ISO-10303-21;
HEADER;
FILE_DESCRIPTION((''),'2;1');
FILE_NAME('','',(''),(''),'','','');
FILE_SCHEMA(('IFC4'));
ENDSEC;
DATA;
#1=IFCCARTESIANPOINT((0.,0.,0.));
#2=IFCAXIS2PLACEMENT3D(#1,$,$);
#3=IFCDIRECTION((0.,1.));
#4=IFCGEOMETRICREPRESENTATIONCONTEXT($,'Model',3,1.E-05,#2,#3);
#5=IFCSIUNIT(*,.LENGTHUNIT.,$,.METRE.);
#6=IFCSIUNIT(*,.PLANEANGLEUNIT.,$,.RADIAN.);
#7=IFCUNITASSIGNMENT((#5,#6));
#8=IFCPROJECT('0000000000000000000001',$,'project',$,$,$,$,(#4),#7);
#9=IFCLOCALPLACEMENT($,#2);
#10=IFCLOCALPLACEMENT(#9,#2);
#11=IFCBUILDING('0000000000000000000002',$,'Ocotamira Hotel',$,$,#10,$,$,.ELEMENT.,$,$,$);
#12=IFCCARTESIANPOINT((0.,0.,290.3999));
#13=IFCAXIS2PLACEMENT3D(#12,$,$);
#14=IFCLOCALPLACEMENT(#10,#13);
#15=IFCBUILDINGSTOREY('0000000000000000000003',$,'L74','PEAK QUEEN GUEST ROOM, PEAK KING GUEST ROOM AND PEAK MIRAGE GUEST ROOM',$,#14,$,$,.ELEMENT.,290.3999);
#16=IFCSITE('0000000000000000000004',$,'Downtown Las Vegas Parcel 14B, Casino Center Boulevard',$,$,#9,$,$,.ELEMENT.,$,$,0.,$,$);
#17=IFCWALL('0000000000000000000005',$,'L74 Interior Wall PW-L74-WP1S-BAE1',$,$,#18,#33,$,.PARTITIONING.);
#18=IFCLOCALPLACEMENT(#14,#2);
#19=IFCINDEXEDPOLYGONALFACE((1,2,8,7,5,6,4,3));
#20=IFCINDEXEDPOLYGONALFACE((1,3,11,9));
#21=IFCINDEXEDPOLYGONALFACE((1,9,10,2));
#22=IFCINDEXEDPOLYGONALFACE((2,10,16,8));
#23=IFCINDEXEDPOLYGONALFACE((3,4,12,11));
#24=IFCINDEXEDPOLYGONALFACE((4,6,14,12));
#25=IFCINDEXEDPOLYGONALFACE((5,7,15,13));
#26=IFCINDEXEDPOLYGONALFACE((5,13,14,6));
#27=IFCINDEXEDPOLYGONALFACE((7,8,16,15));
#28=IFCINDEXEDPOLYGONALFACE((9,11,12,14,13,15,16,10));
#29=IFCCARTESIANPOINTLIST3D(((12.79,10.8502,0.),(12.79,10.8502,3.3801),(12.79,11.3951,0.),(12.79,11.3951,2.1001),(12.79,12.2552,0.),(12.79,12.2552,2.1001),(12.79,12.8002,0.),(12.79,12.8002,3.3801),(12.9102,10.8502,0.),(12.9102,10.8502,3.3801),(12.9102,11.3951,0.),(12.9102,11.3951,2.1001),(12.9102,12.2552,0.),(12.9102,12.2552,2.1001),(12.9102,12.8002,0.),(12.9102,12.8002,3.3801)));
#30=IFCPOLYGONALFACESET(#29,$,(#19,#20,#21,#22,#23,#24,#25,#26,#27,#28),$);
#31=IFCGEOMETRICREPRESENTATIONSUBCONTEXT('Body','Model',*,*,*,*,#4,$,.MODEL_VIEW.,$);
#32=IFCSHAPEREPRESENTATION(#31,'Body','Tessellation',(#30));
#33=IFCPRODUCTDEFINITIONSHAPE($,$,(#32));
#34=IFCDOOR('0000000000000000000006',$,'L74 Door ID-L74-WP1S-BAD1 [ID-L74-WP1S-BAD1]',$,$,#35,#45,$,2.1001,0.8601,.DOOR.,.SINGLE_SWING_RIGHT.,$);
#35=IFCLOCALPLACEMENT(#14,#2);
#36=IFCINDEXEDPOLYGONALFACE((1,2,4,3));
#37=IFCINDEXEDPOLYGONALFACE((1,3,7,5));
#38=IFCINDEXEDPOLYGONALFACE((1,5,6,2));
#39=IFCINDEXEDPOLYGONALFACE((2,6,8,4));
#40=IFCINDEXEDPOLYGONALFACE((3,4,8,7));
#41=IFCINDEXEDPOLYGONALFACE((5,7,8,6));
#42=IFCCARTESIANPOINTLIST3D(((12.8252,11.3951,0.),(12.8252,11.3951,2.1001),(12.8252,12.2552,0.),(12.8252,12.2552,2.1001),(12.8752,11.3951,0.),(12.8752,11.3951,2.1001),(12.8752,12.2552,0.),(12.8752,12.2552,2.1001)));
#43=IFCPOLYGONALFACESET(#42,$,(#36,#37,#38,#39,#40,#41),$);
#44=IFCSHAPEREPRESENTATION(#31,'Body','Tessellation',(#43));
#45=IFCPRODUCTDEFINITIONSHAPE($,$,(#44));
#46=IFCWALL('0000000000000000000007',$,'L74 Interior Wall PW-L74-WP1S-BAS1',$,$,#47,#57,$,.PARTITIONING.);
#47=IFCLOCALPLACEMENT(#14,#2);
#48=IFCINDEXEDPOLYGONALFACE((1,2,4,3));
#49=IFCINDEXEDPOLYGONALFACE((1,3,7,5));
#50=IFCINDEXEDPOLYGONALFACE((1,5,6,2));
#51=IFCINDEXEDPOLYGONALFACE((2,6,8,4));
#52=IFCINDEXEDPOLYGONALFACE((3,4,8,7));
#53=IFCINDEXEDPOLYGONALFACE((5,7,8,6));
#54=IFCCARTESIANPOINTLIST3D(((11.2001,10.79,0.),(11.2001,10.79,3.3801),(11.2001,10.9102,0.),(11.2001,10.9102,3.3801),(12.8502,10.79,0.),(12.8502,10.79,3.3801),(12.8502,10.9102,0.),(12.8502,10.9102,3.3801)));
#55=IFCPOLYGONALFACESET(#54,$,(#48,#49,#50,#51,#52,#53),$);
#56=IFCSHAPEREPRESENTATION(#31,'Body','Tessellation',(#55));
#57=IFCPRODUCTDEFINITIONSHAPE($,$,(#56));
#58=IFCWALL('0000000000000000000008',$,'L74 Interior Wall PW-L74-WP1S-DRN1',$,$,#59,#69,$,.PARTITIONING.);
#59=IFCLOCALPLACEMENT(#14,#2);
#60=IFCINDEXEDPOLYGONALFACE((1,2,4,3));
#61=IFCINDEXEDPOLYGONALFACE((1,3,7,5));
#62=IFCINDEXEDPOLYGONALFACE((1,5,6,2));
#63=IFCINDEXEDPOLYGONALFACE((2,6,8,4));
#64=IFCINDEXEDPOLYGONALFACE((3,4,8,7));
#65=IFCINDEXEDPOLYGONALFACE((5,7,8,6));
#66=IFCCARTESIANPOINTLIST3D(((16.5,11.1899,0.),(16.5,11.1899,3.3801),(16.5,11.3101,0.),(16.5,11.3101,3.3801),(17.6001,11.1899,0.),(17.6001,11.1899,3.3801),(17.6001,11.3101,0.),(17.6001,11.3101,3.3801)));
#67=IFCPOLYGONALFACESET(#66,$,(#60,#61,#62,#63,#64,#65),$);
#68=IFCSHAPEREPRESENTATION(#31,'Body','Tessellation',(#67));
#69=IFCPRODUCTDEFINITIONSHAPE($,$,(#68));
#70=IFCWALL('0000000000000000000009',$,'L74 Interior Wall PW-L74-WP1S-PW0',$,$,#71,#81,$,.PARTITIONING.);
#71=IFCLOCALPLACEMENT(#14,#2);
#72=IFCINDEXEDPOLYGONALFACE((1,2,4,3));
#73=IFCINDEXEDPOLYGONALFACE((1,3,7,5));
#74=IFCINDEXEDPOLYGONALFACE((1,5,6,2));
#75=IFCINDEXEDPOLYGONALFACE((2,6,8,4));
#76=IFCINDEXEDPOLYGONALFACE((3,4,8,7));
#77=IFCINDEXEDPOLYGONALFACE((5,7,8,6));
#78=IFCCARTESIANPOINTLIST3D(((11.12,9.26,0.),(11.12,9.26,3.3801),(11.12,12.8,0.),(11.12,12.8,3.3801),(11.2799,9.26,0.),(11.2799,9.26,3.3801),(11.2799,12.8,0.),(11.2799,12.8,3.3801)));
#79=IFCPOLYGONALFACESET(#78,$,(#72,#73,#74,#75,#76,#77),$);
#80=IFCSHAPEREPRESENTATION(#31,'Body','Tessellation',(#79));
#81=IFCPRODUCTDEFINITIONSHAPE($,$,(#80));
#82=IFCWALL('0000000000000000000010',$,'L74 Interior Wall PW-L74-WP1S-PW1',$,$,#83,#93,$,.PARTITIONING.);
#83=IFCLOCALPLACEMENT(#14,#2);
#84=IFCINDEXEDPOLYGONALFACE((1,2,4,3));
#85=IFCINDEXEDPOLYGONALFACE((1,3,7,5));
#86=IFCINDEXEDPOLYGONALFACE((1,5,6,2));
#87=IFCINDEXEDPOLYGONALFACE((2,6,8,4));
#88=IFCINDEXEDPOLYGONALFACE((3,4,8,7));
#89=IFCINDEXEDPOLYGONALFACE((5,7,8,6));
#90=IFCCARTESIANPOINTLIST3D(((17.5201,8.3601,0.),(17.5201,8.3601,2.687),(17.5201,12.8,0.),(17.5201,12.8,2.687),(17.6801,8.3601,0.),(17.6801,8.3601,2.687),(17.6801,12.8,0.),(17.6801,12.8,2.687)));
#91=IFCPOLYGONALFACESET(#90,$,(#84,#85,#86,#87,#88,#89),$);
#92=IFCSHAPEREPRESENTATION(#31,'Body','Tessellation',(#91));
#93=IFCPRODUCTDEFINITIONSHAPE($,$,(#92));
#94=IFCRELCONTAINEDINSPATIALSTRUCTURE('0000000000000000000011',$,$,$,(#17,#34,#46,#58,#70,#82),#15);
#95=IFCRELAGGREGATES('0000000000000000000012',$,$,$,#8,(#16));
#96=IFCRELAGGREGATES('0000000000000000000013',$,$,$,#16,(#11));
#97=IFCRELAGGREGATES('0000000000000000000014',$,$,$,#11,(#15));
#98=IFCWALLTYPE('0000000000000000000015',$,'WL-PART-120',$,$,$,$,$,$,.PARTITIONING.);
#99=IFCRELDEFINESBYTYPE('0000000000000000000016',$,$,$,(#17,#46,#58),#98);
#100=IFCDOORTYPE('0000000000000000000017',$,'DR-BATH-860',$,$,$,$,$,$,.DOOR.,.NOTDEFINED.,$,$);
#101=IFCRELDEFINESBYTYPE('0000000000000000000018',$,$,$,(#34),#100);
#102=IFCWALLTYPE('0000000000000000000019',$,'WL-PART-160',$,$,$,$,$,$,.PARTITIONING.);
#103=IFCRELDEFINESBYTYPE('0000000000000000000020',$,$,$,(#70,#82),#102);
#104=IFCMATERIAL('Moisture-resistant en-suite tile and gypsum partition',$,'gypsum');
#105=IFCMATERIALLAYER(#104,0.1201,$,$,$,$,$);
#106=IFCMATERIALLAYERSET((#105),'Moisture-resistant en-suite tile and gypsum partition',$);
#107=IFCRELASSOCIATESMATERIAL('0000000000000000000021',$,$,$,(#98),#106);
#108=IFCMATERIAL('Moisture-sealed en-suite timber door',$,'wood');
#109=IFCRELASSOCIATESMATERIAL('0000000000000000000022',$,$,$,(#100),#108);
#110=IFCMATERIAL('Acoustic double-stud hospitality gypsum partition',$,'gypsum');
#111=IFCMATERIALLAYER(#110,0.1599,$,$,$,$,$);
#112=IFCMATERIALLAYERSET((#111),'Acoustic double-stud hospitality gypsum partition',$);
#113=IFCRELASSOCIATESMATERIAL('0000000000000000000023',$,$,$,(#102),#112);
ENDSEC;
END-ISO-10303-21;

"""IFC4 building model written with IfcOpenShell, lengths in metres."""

from ifc_helpers import new_model, si_unit, direction, frame, frame_2d, origin, place, context, subcontext, project, spatial, rectangle, extrude, source, transform, mapped, material, layer, layer_set, type_object, element, fill, save


model = new_model("IFC4")

# Units and contexts
model_context = context("Model", 3, precision=1e-05, world=origin(), true_north=direction((0.0, 1.0)))
body_context = subcontext(model_context, "Body", "Model", "MODEL_VIEW")
ifc_project = project(units=[si_unit("LENGTHUNIT", "METRE"), si_unit("PLANEANGLEUNIT", "RADIAN")], contexts=[model_context])

# Site, building, storey
site_placement = place(None, origin())
site = spatial("IfcSite", under=ifc_project, at=site_placement, Name="Downtown Las Vegas Parcel 14B, Casino Center Boulevard", CompositionType="ELEMENT", RefElevation=0.0)
building_placement = place(site_placement, origin())
building = spatial("IfcBuilding", under=site, at=building_placement, Name="Ocotamira Hotel", CompositionType="ELEMENT")
storey_placement = place(building_placement, frame((0.0, 0.0, 290.3999)))
storey = spatial("IfcBuildingStorey", under=building, at=storey_placement, Name="L74", Description="PEAK QUEEN GUEST ROOM, PEAK KING GUEST ROOM AND PEAK MIRAGE GUEST ROOM", CompositionType="ELEMENT", Elevation=290.3999)

# Wall, opening, door
ifc_material_1 = material(Name="Moisture-resistant en-suite tile and gypsum partition", Category="gypsum")
ifc_layer_1 = layer(ifc_material_1, 0.1201)
ifc_layer_set_1 = layer_set([ifc_layer_1], Name="Moisture-resistant en-suite tile and gypsum partition")
wall_type_1 = type_object("IfcWallType", Name="WL-PART-120", PredefinedType="PARTITIONING", material=ifc_layer_set_1)
wall_1_placement = place(storey_placement, frame((12.8501, 10.8501, 0.0), z_axis=(0.0, 0.0, 1.0), x_axis=(0.0, 1.0, 0.0)))
wall_1 = element("IfcWall", 1, at=wall_1_placement, inside=storey, type_object=wall_type_1, Name="L74 Interior Wall PW-L74-WP1S-BAE1", PredefinedType="PARTITIONING", context=body_context, shape_type="SweptSolid", body=[
    extrude(rectangle(XDim=1.95, YDim=0.1201, at=frame_2d((0.9751, 0.0))), origin(), (0.0, 0.0, 1.0), 3.3801),
])
opening_1_placement = place(wall_1_placement, frame((0.5449, 0.0, 0.0)))
opening_1 = element("IfcOpeningElement", 2, at=opening_1_placement, cuts=wall_1, PredefinedType="OPENING", context=body_context, shape_type="SweptSolid", body=[
    extrude(rectangle(XDim=0.8601, YDim=2.1001, at=frame_2d((0.4302, 1.05))), frame((0.0, 0.0701, 0.0), z_axis=(0.0, -1.0, 0.0), x_axis=(1.0, 0.0, 0.0)), (0.0, 0.0, 1.0), 0.1401),
])
ifc_material_2 = material(Name="Moisture-sealed en-suite timber door", Category="wood")
door_type_1 = type_object("IfcDoorType", Name="DR-BATH-860", OperationType="NOTDEFINED", PredefinedType="DOOR", material=ifc_material_2)
shared_shape_1 = source(origin(), body_context, "Body", "SweptSolid", [
    extrude(rectangle(XDim=0.8601, YDim=2.1001, at=frame_2d((0.4302, 1.05))), frame((0.0, 0.0249, 0.0), z_axis=(0.0, -1.0, 0.0), x_axis=(1.0, 0.0, 0.0)), (0.0, 0.0, 1.0), 0.05),
])
door_1_placement = place(opening_1_placement, origin())
door_1 = element("IfcDoor", 3, at=door_1_placement, inside=storey, type_object=door_type_1, Name="L74 Door ID-L74-WP1S-BAD1 [ID-L74-WP1S-BAD1]", OperationType="SINGLE_SWING_RIGHT", OverallHeight=2.1001, OverallWidth=0.8601, PredefinedType="DOOR", context=body_context, shape_type="MappedRepresentation", body=[
    mapped(shared_shape_1, transform((0.0, 0.0, 0.0), scale=1.0)),
])
fill(opening_1, door_1)

# Walls
wall_2_placement = place(storey_placement, frame((11.2, 10.8501, 0.0), z_axis=(0.0, 0.0, 1.0), x_axis=(1.0, 0.0, 0.0)))
element("IfcWall", 4, at=wall_2_placement, inside=storey, type_object=wall_type_1, Name="L74 Interior Wall PW-L74-WP1S-BAS1", PredefinedType="PARTITIONING", context=body_context, shape_type="SweptSolid", body=[
    extrude(rectangle(XDim=1.6501, YDim=0.1201, at=frame_2d((0.8252, 0.0))), origin(), (0.0, 0.0, 1.0), 3.3801),
])
wall_3_placement = place(storey_placement, frame((16.5, 11.25, 0.0), z_axis=(0.0, 0.0, 1.0), x_axis=(1.0, 0.0, 0.0)))
element("IfcWall", 5, at=wall_3_placement, inside=storey, type_object=wall_type_1, Name="L74 Interior Wall PW-L74-WP1S-DRN1", PredefinedType="PARTITIONING", context=body_context, shape_type="SweptSolid", body=[
    extrude(rectangle(XDim=1.1001, YDim=0.1201, at=frame_2d((0.55, 0.0))), origin(), (0.0, 0.0, 1.0), 3.3801),
])
ifc_material_3 = material(Name="Acoustic double-stud hospitality gypsum partition", Category="gypsum")
ifc_layer_2 = layer(ifc_material_3, 0.1599)
ifc_layer_set_2 = layer_set([ifc_layer_2], Name="Acoustic double-stud hospitality gypsum partition")
wall_type_2 = type_object("IfcWallType", Name="WL-PART-160", PredefinedType="PARTITIONING", material=ifc_layer_set_2)
wall_4_placement = place(storey_placement, frame((11.2, 9.26, 0.0), z_axis=(0.0, 0.0, 1.0), x_axis=(0.0, 1.0, 0.0)))
element("IfcWall", 6, at=wall_4_placement, inside=storey, type_object=wall_type_2, Name="L74 Interior Wall PW-L74-WP1S-PW0", PredefinedType="PARTITIONING", context=body_context, shape_type="SweptSolid", body=[
    extrude(rectangle(XDim=3.54, YDim=0.1599, at=frame_2d((1.77, 0.0))), origin(), (0.0, 0.0, 1.0), 3.3801),
])
wall_5_placement = place(storey_placement, frame((17.6001, 8.3601, 0.0), z_axis=(0.0, 0.0, 1.0), x_axis=(0.0, 1.0, 0.0)))
element("IfcWall", 7, at=wall_5_placement, inside=storey, type_object=wall_type_2, Name="L74 Interior Wall PW-L74-WP1S-PW1", PredefinedType="PARTITIONING", context=body_context, shape_type="SweptSolid", body=[
    extrude(rectangle(XDim=4.4399, YDim=0.1599, at=frame_2d((2.22, 0.0))), origin(), (0.0, 0.0, 1.0), 2.687),
])

save(model, "model.ifc")
